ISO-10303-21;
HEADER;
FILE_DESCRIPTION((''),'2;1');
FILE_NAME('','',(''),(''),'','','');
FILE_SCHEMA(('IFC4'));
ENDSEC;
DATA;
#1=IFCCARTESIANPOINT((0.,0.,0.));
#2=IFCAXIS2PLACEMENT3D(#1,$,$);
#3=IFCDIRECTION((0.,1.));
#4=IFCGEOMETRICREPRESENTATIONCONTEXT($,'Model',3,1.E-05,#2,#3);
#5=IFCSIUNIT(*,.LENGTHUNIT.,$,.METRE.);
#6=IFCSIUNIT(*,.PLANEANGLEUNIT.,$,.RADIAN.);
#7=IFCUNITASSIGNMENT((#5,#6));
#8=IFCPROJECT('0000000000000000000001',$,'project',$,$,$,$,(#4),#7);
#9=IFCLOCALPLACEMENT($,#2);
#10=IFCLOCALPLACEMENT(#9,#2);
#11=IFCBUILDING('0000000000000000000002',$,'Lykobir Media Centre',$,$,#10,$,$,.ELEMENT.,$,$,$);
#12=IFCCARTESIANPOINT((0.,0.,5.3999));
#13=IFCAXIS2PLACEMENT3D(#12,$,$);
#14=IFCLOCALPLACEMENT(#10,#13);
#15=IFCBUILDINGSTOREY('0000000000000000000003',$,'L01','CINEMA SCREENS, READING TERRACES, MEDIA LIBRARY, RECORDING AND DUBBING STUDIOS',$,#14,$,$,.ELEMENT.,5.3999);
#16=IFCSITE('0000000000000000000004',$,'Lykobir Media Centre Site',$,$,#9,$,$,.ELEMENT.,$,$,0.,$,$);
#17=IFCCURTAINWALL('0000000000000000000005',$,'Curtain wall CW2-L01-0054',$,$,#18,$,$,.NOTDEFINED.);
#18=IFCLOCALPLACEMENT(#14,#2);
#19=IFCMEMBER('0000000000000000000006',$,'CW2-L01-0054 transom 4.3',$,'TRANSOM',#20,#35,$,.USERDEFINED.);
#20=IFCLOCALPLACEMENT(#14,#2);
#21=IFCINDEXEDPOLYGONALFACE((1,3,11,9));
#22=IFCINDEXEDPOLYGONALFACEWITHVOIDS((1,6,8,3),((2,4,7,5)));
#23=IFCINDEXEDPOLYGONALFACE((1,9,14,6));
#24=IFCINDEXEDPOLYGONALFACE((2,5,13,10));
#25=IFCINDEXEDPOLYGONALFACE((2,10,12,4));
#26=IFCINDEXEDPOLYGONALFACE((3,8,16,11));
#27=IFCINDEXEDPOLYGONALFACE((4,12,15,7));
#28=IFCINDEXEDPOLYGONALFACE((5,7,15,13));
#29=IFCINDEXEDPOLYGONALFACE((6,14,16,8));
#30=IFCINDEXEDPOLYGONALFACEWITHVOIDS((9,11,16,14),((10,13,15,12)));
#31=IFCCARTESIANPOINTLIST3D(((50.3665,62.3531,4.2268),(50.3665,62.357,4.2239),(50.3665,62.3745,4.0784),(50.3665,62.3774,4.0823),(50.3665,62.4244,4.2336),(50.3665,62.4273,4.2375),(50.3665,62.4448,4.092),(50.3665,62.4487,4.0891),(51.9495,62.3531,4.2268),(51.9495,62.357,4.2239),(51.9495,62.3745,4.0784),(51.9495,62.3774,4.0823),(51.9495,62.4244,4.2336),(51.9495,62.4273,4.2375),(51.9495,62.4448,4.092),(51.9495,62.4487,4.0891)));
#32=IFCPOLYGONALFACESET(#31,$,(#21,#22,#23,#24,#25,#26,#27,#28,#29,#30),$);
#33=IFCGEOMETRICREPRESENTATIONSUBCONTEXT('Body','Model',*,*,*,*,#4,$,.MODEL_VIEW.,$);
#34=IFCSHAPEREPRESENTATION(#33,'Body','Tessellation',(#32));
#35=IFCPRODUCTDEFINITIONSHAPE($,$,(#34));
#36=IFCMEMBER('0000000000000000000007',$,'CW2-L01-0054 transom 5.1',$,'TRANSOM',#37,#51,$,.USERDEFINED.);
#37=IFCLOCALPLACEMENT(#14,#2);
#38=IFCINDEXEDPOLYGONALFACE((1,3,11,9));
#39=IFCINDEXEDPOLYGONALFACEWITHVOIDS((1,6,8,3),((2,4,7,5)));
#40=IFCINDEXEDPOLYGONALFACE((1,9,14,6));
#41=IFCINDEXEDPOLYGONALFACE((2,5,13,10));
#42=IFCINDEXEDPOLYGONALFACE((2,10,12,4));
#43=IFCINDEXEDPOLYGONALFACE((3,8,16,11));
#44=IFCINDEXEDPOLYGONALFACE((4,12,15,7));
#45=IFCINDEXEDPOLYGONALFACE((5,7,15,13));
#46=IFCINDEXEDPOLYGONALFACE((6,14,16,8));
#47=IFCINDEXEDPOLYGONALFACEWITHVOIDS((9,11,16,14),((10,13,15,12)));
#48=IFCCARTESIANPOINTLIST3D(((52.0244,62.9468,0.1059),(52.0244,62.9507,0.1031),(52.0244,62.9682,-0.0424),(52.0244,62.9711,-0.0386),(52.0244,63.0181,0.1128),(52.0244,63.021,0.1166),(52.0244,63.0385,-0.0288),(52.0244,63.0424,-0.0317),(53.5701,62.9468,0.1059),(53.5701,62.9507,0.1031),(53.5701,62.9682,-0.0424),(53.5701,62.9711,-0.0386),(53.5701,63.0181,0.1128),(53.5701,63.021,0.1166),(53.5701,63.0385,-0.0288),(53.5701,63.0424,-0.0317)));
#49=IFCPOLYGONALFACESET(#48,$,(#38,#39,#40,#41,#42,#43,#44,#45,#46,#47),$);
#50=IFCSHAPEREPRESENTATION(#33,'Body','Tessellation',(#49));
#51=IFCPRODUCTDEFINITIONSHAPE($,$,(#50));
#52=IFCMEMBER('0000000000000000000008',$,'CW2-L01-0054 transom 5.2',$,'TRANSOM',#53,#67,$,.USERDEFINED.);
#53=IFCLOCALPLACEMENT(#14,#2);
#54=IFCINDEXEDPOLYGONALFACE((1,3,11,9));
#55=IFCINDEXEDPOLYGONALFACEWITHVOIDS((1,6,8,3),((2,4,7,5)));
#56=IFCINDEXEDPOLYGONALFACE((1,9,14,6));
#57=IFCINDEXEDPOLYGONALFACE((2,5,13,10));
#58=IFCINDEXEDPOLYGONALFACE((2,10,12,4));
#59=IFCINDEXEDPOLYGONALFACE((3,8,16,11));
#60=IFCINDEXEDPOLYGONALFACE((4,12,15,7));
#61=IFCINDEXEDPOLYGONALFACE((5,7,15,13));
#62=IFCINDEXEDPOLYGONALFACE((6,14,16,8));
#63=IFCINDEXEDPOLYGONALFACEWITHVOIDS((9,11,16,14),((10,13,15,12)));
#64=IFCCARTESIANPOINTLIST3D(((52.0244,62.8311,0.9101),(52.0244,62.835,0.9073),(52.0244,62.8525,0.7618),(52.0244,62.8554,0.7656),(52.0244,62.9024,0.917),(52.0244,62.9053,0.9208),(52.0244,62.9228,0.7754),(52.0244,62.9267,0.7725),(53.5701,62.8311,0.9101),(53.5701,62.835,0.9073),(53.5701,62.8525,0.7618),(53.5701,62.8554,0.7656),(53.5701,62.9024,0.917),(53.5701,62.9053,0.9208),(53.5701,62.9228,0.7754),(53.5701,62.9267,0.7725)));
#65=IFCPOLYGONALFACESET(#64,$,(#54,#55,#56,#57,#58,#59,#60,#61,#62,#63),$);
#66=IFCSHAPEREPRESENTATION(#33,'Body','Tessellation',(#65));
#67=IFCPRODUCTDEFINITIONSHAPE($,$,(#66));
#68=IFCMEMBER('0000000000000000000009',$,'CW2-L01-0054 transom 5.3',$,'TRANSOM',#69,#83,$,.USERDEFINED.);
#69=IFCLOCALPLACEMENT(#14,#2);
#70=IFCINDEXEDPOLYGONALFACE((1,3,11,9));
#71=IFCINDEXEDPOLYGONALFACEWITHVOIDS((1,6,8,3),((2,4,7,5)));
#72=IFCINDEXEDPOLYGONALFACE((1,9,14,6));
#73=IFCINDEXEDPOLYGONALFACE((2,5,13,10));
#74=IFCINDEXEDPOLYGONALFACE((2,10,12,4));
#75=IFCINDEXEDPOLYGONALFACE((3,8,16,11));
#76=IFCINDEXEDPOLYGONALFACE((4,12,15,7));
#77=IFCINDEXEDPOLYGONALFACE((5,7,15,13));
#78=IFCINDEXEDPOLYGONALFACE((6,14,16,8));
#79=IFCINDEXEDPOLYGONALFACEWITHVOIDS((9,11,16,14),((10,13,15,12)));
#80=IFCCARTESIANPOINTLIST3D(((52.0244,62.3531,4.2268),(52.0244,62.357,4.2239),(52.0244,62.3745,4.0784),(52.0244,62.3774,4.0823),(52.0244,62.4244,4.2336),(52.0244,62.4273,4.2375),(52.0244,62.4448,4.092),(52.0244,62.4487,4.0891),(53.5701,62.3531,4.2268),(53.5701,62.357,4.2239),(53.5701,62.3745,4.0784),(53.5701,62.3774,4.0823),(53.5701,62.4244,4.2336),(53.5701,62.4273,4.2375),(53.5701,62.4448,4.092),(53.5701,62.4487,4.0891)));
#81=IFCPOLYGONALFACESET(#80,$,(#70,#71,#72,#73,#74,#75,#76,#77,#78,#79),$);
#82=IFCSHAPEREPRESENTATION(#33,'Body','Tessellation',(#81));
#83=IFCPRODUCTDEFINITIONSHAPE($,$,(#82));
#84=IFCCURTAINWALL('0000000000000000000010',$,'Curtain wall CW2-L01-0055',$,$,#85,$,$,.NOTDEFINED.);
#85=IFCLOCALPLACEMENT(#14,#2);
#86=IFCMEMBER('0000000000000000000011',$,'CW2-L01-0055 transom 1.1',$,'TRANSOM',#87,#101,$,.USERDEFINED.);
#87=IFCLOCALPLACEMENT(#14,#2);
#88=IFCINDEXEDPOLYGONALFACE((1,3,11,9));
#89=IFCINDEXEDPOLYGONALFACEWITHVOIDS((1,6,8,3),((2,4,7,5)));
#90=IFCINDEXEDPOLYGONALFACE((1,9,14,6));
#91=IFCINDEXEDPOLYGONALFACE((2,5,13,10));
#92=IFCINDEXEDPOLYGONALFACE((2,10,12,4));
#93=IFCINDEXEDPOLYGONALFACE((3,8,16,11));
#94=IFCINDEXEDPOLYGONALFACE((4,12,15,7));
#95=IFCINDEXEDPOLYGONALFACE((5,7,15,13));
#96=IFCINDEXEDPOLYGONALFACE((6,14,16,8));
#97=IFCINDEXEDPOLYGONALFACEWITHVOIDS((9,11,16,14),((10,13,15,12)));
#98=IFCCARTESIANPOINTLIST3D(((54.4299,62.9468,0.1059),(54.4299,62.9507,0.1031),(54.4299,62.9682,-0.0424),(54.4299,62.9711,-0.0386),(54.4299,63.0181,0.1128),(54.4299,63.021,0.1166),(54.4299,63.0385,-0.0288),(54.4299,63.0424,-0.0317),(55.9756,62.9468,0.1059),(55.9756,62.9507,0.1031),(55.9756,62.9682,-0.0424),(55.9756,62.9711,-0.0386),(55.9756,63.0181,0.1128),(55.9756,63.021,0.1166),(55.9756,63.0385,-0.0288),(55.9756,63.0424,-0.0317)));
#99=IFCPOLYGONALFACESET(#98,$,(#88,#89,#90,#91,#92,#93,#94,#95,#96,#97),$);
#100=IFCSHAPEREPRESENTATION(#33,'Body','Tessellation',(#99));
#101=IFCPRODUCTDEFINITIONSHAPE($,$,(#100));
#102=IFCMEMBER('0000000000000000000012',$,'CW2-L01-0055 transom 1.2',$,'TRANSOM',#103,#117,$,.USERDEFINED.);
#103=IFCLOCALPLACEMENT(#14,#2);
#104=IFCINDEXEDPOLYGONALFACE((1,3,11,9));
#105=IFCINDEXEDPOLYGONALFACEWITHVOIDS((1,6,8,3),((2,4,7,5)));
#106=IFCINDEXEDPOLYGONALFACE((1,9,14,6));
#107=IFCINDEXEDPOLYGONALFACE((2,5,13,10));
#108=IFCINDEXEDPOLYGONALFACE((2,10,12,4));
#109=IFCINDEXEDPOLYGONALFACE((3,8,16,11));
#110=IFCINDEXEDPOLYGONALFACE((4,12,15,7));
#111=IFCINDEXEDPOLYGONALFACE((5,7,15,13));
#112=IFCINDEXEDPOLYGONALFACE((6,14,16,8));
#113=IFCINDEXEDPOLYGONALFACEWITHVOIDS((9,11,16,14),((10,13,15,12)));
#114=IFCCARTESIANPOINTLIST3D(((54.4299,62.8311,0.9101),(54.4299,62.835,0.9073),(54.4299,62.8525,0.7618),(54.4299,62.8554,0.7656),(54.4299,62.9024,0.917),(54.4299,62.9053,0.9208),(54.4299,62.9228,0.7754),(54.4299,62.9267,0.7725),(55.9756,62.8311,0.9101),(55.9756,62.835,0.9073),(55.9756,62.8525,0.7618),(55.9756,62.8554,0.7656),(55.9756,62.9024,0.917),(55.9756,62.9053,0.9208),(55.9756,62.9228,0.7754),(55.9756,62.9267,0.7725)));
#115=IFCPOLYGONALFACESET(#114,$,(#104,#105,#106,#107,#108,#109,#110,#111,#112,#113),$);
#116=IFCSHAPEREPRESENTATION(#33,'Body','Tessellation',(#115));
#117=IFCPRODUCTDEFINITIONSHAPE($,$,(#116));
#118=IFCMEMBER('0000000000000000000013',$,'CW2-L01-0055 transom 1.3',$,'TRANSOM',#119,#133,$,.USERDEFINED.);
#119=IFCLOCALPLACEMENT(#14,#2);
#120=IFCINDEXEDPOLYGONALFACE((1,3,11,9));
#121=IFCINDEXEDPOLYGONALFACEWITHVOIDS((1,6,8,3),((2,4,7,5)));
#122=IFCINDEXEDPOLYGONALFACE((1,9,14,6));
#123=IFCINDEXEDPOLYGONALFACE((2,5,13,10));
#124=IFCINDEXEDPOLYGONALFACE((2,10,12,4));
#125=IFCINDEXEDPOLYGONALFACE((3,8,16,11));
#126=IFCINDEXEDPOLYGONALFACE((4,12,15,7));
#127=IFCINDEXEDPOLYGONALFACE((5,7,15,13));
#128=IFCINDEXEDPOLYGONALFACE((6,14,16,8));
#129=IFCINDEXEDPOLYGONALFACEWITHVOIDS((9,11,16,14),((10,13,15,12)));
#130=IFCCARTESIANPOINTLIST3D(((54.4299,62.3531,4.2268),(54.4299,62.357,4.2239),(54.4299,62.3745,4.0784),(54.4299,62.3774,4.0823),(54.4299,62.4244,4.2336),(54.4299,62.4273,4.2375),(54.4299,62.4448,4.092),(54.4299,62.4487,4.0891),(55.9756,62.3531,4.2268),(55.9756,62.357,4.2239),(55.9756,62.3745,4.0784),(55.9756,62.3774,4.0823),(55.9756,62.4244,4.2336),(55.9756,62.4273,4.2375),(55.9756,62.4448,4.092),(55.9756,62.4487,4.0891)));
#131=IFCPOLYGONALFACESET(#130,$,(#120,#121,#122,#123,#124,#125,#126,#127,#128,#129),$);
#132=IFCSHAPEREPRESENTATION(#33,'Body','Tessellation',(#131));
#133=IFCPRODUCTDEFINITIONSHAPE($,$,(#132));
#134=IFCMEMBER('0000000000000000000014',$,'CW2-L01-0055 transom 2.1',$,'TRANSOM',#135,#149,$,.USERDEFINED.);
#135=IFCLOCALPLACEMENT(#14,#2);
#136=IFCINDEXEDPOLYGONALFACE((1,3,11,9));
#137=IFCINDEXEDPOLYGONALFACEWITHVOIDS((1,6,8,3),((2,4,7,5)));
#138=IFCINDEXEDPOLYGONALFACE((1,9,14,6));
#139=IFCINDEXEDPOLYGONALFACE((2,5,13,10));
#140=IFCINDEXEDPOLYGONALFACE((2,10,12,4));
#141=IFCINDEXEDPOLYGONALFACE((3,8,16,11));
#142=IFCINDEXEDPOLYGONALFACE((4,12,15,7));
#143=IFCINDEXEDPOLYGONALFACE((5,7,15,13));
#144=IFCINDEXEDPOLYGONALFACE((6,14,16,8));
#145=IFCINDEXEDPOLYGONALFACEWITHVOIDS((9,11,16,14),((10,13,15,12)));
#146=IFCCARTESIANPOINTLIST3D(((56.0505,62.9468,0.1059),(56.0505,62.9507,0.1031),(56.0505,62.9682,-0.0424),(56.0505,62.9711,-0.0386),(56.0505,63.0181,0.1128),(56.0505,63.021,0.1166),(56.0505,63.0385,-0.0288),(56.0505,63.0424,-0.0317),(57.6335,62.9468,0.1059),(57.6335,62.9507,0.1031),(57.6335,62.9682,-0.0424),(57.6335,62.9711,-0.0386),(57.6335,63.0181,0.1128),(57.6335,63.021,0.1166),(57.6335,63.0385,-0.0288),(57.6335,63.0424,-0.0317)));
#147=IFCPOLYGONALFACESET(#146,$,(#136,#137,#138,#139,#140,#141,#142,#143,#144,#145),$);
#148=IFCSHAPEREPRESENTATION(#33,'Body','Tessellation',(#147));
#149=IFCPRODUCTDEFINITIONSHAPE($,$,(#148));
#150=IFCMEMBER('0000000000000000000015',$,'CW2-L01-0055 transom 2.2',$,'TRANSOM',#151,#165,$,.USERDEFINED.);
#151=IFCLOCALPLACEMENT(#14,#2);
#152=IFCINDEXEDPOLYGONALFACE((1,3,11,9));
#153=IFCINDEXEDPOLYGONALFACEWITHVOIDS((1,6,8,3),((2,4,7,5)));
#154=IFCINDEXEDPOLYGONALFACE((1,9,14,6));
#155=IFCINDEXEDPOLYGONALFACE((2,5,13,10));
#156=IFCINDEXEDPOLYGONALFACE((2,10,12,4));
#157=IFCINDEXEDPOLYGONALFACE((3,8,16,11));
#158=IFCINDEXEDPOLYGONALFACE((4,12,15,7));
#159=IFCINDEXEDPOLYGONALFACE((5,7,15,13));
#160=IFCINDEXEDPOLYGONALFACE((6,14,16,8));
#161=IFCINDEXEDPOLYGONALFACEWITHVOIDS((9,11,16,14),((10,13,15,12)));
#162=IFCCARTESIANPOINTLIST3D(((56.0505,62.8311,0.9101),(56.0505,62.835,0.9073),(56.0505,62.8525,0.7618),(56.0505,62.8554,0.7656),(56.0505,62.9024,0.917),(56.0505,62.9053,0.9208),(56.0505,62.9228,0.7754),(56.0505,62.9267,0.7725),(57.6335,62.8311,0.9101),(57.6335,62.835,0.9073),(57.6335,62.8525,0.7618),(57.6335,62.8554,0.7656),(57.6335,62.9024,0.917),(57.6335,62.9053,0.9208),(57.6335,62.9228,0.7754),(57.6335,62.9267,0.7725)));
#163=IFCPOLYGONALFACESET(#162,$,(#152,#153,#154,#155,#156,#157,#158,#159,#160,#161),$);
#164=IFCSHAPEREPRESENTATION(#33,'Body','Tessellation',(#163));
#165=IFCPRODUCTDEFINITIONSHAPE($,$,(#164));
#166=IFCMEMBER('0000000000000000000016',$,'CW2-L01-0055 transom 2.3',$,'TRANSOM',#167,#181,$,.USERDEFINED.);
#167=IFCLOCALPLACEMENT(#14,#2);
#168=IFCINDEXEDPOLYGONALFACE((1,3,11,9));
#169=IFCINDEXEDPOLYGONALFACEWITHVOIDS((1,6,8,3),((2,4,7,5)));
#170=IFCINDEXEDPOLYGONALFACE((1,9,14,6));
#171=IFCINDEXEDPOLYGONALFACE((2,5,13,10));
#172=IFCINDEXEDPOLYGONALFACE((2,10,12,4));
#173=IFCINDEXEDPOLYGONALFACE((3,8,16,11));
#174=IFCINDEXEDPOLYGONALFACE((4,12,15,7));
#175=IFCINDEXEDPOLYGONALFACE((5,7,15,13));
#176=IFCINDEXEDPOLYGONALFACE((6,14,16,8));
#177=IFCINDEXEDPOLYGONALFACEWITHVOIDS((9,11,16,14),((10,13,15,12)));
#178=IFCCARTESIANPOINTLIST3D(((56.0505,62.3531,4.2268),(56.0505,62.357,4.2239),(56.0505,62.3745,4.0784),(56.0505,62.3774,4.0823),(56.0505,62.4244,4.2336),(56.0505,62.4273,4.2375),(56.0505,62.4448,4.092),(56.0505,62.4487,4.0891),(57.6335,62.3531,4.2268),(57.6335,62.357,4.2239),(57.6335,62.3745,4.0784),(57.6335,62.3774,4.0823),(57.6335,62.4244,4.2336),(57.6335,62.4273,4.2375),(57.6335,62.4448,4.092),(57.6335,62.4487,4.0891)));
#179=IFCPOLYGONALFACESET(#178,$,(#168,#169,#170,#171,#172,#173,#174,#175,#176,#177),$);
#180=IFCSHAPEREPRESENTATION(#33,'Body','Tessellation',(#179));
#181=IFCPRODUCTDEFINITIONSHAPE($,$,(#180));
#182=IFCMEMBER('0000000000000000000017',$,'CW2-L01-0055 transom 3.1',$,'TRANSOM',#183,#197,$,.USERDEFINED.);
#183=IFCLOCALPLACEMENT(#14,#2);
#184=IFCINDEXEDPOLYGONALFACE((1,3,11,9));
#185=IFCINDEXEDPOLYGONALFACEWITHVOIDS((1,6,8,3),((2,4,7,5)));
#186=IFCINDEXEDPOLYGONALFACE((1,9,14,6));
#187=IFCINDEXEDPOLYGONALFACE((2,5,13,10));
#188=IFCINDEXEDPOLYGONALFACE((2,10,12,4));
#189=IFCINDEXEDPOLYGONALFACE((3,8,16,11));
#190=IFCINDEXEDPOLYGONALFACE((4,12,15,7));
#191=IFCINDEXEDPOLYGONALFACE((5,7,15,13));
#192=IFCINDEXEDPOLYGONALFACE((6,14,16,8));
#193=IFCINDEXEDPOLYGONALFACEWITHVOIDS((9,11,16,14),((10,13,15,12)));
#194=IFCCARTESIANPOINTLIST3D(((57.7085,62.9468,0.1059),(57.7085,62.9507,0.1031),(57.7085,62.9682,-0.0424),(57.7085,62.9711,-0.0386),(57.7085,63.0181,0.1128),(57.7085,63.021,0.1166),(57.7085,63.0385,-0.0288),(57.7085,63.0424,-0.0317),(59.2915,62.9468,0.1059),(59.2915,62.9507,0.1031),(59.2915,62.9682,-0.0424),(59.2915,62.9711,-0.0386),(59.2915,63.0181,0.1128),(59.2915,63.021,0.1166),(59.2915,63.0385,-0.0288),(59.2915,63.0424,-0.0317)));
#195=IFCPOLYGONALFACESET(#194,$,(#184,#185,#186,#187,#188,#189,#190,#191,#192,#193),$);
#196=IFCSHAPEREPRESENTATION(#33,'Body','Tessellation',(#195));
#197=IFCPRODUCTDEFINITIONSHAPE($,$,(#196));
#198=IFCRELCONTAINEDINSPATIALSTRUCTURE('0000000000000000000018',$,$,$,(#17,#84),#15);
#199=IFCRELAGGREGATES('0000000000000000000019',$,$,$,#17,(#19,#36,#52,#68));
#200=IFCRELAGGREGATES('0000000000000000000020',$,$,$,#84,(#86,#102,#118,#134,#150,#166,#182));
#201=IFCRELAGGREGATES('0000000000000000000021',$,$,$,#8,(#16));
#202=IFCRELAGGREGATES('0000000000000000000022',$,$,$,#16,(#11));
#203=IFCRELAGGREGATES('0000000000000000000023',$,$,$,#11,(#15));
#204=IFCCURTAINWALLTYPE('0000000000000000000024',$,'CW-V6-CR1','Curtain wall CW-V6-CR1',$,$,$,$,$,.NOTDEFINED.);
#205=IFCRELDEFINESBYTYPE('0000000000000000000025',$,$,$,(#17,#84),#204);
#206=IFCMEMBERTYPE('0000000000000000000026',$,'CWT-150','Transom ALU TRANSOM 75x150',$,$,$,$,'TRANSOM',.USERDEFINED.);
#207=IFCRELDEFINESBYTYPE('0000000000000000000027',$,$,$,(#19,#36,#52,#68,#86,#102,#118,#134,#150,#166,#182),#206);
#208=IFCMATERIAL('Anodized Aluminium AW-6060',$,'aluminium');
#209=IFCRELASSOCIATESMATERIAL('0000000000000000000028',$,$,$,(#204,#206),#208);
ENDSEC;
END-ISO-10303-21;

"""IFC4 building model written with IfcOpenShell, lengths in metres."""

from ifc_helpers import new_model, si_unit, direction, frame, origin, origin_2d, place, context, subcontext, project, spatial, hollow_rectangle, extrude, material, material_profile, profile_set, type_object, element, aggregate, save


model = new_model("IFC4")

# Units and contexts
model_context = context("Model", 3, precision=1e-05, world=origin(), true_north=direction((0.0, 1.0)))
body_context = subcontext(model_context, "Body", "Model", "MODEL_VIEW")
ifc_project = project(units=[si_unit("LENGTHUNIT", "METRE"), si_unit("PLANEANGLEUNIT", "RADIAN")], contexts=[model_context])

# Site, building, storey
site_placement = place(None, origin())
site = spatial("IfcSite", under=ifc_project, at=site_placement, Name="Lykobir Media Centre Site", CompositionType="ELEMENT", RefElevation=0.0)
building_placement = place(site_placement, origin())
building = spatial("IfcBuilding", under=site, at=building_placement, Name="Lykobir Media Centre", CompositionType="ELEMENT")
storey_placement = place(building_placement, frame((0.0, 0.0, 5.3999)))
storey = spatial("IfcBuildingStorey", under=building, at=storey_placement, Name="L01", Description="CINEMA SCREENS, READING TERRACES, MEDIA LIBRARY, RECORDING AND DUBBING STUDIOS", CompositionType="ELEMENT", Elevation=5.3999)

# Curtain walls, members
ifc_material_1 = material(Name="Anodized Aluminium AW-6060", Category="aluminium")
curtain_wall_type = type_object("IfcCurtainWallType", Name="CW-V6-CR1", Description="Curtain wall CW-V6-CR1", PredefinedType="NOTDEFINED", material=ifc_material_1)
curtain_wall_1_placement = place(storey_placement, origin())
curtain_wall_1 = element("IfcCurtainWall", 1, at=curtain_wall_1_placement, inside=storey, type_object=curtain_wall_type, Name="Curtain wall CW2-L01-0054", PredefinedType="NOTDEFINED")
ifc_material_profile = material_profile(ifc_material_1, hollow_rectangle(XDim=0.075, YDim=0.1499, WallThickness=0.0034, at=origin_2d()), Name="ALU TRANSOM 75x150")
ifc_profile_set = profile_set([ifc_material_profile], Name="Anodized Aluminium AW-6060")
member_type = type_object("IfcMemberType", Name="CWT-150", Description="Transom ALU TRANSOM 75x150", ElementType="TRANSOM", PredefinedType="USERDEFINED", material=ifc_profile_set)
member_1_placement = place(storey_placement, frame((50.3665, 62.4009, 4.158), z_axis=(1.0, 0.0, 0.0), x_axis=(0.0, 0.989776, 0.142629)))
member_1 = element("IfcMember", 2, at=member_1_placement, type_object=member_type, Name="CW2-L01-0054 transom 4.3", ObjectType="TRANSOM", PredefinedType="USERDEFINED", context=body_context, shape_type="SweptSolid", body=[
    extrude(hollow_rectangle(XDim=0.075, YDim=0.1499, WallThickness=0.0034, at=origin_2d()), origin(), (0.0, 0.0, 1.0), 1.583),
])
member_2_placement = place(storey_placement, frame((52.0244, 62.9946, 0.0371), z_axis=(1.0, 0.0, 0.0), x_axis=(0.0, 0.989776, 0.142629)))
member_2 = element("IfcMember", 3, at=member_2_placement, type_object=member_type, Name="CW2-L01-0054 transom 5.1", ObjectType="TRANSOM", PredefinedType="USERDEFINED", context=body_context, shape_type="SweptSolid", body=[
    extrude(hollow_rectangle(XDim=0.075, YDim=0.1499, WallThickness=0.0034, at=origin_2d()), origin(), (0.0, 0.0, 1.0), 1.5457),
])
member_3_placement = place(storey_placement, frame((52.0244, 62.8789, 0.8413), z_axis=(1.0, 0.0, 0.0), x_axis=(0.0, 0.989776, 0.142629)))
member_3 = element("IfcMember", 4, at=member_3_placement, type_object=member_type, Name="CW2-L01-0054 transom 5.2", ObjectType="TRANSOM", PredefinedType="USERDEFINED", context=body_context, shape_type="SweptSolid", body=[
    extrude(hollow_rectangle(XDim=0.075, YDim=0.1499, WallThickness=0.0034, at=origin_2d()), origin(), (0.0, 0.0, 1.0), 1.5457),
])
member_4_placement = place(storey_placement, frame((52.0244, 62.4009, 4.158), z_axis=(1.0, 0.0, 0.0), x_axis=(0.0, 0.989776, 0.142629)))
member_4 = element("IfcMember", 5, at=member_4_placement, type_object=member_type, Name="CW2-L01-0054 transom 5.3", ObjectType="TRANSOM", PredefinedType="USERDEFINED", context=body_context, shape_type="SweptSolid", body=[
    extrude(hollow_rectangle(XDim=0.075, YDim=0.1499, WallThickness=0.0034, at=origin_2d()), origin(), (0.0, 0.0, 1.0), 1.5457),
])
curtain_wall_2_placement = place(storey_placement, origin())
curtain_wall_2 = element("IfcCurtainWall", 6, at=curtain_wall_2_placement, inside=storey, type_object=curtain_wall_type, Name="Curtain wall CW2-L01-0055", PredefinedType="NOTDEFINED")
member_5_placement = place(storey_placement, frame((54.4299, 62.9946, 0.0371), z_axis=(1.0, 0.0, 0.0), x_axis=(0.0, 0.989776, 0.142629)))
member_5 = element("IfcMember", 7, at=member_5_placement, type_object=member_type, Name="CW2-L01-0055 transom 1.1", ObjectType="TRANSOM", PredefinedType="USERDEFINED", context=body_context, shape_type="SweptSolid", body=[
    extrude(hollow_rectangle(XDim=0.075, YDim=0.1499, WallThickness=0.0034, at=origin_2d()), origin(), (0.0, 0.0, 1.0), 1.5457),
])
member_6_placement = place(storey_placement, frame((54.4299, 62.8789, 0.8413), z_axis=(1.0, 0.0, 0.0), x_axis=(0.0, 0.989776, 0.142629)))
member_6 = element("IfcMember", 8, at=member_6_placement, type_object=member_type, Name="CW2-L01-0055 transom 1.2", ObjectType="TRANSOM", PredefinedType="USERDEFINED", context=body_context, shape_type="SweptSolid", body=[
    extrude(hollow_rectangle(XDim=0.075, YDim=0.1499, WallThickness=0.0034, at=origin_2d()), origin(), (0.0, 0.0, 1.0), 1.5457),
])
member_7_placement = place(storey_placement, frame((54.4299, 62.4009, 4.158), z_axis=(1.0, 0.0, 0.0), x_axis=(0.0, 0.989776, 0.142629)))
member_7 = element("IfcMember", 9, at=member_7_placement, type_object=member_type, Name="CW2-L01-0055 transom 1.3", ObjectType="TRANSOM", PredefinedType="USERDEFINED", context=body_context, shape_type="SweptSolid", body=[
    extrude(hollow_rectangle(XDim=0.075, YDim=0.1499, WallThickness=0.0034, at=origin_2d()), origin(), (0.0, 0.0, 1.0), 1.5457),
])
member_8_placement = place(storey_placement, frame((56.0505, 62.9946, 0.0371), z_axis=(1.0, 0.0, 0.0), x_axis=(0.0, 0.989776, 0.142629)))
member_8 = element("IfcMember", 10, at=member_8_placement, type_object=member_type, Name="CW2-L01-0055 transom 2.1", ObjectType="TRANSOM", PredefinedType="USERDEFINED", context=body_context, shape_type="SweptSolid", body=[
    extrude(hollow_rectangle(XDim=0.075, YDim=0.1499, WallThickness=0.0034, at=origin_2d()), origin(), (0.0, 0.0, 1.0), 1.583),
])
member_9_placement = place(storey_placement, frame((56.0505, 62.8789, 0.8413), z_axis=(1.0, 0.0, 0.0), x_axis=(0.0, 0.989776, 0.142629)))
member_9 = element("IfcMember", 11, at=member_9_placement, type_object=member_type, Name="CW2-L01-0055 transom 2.2", ObjectType="TRANSOM", PredefinedType="USERDEFINED", context=body_context, shape_type="SweptSolid", body=[
    extrude(hollow_rectangle(XDim=0.075, YDim=0.1499, WallThickness=0.0034, at=origin_2d()), origin(), (0.0, 0.0, 1.0), 1.583),
])
member_10_placement = place(storey_placement, frame((56.0505, 62.4009, 4.158), z_axis=(1.0, 0.0, 0.0), x_axis=(0.0, 0.989776, 0.142629)))
member_10 = element("IfcMember", 12, at=member_10_placement, type_object=member_type, Name="CW2-L01-0055 transom 2.3", ObjectType="TRANSOM", PredefinedType="USERDEFINED", context=body_context, shape_type="SweptSolid", body=[
    extrude(hollow_rectangle(XDim=0.075, YDim=0.1499, WallThickness=0.0034, at=origin_2d()), origin(), (0.0, 0.0, 1.0), 1.583),
])
member_11_placement = place(storey_placement, frame((57.7085, 62.9946, 0.0371), z_axis=(1.0, 0.0, 0.0), x_axis=(0.0, 0.989776, 0.142629)))
member_11 = element("IfcMember", 13, at=member_11_placement, type_object=member_type, Name="CW2-L01-0055 transom 3.1", ObjectType="TRANSOM", PredefinedType="USERDEFINED", context=body_context, shape_type="SweptSolid", body=[
    extrude(hollow_rectangle(XDim=0.075, YDim=0.1499, WallThickness=0.0034, at=origin_2d()), origin(), (0.0, 0.0, 1.0), 1.583),
])

aggregate(curtain_wall_1, [member_1, member_2, member_3, member_4])
aggregate(curtain_wall_2, [member_5, member_6, member_7, member_8, member_9, member_10, member_11])

save(model, "model.ifc")
